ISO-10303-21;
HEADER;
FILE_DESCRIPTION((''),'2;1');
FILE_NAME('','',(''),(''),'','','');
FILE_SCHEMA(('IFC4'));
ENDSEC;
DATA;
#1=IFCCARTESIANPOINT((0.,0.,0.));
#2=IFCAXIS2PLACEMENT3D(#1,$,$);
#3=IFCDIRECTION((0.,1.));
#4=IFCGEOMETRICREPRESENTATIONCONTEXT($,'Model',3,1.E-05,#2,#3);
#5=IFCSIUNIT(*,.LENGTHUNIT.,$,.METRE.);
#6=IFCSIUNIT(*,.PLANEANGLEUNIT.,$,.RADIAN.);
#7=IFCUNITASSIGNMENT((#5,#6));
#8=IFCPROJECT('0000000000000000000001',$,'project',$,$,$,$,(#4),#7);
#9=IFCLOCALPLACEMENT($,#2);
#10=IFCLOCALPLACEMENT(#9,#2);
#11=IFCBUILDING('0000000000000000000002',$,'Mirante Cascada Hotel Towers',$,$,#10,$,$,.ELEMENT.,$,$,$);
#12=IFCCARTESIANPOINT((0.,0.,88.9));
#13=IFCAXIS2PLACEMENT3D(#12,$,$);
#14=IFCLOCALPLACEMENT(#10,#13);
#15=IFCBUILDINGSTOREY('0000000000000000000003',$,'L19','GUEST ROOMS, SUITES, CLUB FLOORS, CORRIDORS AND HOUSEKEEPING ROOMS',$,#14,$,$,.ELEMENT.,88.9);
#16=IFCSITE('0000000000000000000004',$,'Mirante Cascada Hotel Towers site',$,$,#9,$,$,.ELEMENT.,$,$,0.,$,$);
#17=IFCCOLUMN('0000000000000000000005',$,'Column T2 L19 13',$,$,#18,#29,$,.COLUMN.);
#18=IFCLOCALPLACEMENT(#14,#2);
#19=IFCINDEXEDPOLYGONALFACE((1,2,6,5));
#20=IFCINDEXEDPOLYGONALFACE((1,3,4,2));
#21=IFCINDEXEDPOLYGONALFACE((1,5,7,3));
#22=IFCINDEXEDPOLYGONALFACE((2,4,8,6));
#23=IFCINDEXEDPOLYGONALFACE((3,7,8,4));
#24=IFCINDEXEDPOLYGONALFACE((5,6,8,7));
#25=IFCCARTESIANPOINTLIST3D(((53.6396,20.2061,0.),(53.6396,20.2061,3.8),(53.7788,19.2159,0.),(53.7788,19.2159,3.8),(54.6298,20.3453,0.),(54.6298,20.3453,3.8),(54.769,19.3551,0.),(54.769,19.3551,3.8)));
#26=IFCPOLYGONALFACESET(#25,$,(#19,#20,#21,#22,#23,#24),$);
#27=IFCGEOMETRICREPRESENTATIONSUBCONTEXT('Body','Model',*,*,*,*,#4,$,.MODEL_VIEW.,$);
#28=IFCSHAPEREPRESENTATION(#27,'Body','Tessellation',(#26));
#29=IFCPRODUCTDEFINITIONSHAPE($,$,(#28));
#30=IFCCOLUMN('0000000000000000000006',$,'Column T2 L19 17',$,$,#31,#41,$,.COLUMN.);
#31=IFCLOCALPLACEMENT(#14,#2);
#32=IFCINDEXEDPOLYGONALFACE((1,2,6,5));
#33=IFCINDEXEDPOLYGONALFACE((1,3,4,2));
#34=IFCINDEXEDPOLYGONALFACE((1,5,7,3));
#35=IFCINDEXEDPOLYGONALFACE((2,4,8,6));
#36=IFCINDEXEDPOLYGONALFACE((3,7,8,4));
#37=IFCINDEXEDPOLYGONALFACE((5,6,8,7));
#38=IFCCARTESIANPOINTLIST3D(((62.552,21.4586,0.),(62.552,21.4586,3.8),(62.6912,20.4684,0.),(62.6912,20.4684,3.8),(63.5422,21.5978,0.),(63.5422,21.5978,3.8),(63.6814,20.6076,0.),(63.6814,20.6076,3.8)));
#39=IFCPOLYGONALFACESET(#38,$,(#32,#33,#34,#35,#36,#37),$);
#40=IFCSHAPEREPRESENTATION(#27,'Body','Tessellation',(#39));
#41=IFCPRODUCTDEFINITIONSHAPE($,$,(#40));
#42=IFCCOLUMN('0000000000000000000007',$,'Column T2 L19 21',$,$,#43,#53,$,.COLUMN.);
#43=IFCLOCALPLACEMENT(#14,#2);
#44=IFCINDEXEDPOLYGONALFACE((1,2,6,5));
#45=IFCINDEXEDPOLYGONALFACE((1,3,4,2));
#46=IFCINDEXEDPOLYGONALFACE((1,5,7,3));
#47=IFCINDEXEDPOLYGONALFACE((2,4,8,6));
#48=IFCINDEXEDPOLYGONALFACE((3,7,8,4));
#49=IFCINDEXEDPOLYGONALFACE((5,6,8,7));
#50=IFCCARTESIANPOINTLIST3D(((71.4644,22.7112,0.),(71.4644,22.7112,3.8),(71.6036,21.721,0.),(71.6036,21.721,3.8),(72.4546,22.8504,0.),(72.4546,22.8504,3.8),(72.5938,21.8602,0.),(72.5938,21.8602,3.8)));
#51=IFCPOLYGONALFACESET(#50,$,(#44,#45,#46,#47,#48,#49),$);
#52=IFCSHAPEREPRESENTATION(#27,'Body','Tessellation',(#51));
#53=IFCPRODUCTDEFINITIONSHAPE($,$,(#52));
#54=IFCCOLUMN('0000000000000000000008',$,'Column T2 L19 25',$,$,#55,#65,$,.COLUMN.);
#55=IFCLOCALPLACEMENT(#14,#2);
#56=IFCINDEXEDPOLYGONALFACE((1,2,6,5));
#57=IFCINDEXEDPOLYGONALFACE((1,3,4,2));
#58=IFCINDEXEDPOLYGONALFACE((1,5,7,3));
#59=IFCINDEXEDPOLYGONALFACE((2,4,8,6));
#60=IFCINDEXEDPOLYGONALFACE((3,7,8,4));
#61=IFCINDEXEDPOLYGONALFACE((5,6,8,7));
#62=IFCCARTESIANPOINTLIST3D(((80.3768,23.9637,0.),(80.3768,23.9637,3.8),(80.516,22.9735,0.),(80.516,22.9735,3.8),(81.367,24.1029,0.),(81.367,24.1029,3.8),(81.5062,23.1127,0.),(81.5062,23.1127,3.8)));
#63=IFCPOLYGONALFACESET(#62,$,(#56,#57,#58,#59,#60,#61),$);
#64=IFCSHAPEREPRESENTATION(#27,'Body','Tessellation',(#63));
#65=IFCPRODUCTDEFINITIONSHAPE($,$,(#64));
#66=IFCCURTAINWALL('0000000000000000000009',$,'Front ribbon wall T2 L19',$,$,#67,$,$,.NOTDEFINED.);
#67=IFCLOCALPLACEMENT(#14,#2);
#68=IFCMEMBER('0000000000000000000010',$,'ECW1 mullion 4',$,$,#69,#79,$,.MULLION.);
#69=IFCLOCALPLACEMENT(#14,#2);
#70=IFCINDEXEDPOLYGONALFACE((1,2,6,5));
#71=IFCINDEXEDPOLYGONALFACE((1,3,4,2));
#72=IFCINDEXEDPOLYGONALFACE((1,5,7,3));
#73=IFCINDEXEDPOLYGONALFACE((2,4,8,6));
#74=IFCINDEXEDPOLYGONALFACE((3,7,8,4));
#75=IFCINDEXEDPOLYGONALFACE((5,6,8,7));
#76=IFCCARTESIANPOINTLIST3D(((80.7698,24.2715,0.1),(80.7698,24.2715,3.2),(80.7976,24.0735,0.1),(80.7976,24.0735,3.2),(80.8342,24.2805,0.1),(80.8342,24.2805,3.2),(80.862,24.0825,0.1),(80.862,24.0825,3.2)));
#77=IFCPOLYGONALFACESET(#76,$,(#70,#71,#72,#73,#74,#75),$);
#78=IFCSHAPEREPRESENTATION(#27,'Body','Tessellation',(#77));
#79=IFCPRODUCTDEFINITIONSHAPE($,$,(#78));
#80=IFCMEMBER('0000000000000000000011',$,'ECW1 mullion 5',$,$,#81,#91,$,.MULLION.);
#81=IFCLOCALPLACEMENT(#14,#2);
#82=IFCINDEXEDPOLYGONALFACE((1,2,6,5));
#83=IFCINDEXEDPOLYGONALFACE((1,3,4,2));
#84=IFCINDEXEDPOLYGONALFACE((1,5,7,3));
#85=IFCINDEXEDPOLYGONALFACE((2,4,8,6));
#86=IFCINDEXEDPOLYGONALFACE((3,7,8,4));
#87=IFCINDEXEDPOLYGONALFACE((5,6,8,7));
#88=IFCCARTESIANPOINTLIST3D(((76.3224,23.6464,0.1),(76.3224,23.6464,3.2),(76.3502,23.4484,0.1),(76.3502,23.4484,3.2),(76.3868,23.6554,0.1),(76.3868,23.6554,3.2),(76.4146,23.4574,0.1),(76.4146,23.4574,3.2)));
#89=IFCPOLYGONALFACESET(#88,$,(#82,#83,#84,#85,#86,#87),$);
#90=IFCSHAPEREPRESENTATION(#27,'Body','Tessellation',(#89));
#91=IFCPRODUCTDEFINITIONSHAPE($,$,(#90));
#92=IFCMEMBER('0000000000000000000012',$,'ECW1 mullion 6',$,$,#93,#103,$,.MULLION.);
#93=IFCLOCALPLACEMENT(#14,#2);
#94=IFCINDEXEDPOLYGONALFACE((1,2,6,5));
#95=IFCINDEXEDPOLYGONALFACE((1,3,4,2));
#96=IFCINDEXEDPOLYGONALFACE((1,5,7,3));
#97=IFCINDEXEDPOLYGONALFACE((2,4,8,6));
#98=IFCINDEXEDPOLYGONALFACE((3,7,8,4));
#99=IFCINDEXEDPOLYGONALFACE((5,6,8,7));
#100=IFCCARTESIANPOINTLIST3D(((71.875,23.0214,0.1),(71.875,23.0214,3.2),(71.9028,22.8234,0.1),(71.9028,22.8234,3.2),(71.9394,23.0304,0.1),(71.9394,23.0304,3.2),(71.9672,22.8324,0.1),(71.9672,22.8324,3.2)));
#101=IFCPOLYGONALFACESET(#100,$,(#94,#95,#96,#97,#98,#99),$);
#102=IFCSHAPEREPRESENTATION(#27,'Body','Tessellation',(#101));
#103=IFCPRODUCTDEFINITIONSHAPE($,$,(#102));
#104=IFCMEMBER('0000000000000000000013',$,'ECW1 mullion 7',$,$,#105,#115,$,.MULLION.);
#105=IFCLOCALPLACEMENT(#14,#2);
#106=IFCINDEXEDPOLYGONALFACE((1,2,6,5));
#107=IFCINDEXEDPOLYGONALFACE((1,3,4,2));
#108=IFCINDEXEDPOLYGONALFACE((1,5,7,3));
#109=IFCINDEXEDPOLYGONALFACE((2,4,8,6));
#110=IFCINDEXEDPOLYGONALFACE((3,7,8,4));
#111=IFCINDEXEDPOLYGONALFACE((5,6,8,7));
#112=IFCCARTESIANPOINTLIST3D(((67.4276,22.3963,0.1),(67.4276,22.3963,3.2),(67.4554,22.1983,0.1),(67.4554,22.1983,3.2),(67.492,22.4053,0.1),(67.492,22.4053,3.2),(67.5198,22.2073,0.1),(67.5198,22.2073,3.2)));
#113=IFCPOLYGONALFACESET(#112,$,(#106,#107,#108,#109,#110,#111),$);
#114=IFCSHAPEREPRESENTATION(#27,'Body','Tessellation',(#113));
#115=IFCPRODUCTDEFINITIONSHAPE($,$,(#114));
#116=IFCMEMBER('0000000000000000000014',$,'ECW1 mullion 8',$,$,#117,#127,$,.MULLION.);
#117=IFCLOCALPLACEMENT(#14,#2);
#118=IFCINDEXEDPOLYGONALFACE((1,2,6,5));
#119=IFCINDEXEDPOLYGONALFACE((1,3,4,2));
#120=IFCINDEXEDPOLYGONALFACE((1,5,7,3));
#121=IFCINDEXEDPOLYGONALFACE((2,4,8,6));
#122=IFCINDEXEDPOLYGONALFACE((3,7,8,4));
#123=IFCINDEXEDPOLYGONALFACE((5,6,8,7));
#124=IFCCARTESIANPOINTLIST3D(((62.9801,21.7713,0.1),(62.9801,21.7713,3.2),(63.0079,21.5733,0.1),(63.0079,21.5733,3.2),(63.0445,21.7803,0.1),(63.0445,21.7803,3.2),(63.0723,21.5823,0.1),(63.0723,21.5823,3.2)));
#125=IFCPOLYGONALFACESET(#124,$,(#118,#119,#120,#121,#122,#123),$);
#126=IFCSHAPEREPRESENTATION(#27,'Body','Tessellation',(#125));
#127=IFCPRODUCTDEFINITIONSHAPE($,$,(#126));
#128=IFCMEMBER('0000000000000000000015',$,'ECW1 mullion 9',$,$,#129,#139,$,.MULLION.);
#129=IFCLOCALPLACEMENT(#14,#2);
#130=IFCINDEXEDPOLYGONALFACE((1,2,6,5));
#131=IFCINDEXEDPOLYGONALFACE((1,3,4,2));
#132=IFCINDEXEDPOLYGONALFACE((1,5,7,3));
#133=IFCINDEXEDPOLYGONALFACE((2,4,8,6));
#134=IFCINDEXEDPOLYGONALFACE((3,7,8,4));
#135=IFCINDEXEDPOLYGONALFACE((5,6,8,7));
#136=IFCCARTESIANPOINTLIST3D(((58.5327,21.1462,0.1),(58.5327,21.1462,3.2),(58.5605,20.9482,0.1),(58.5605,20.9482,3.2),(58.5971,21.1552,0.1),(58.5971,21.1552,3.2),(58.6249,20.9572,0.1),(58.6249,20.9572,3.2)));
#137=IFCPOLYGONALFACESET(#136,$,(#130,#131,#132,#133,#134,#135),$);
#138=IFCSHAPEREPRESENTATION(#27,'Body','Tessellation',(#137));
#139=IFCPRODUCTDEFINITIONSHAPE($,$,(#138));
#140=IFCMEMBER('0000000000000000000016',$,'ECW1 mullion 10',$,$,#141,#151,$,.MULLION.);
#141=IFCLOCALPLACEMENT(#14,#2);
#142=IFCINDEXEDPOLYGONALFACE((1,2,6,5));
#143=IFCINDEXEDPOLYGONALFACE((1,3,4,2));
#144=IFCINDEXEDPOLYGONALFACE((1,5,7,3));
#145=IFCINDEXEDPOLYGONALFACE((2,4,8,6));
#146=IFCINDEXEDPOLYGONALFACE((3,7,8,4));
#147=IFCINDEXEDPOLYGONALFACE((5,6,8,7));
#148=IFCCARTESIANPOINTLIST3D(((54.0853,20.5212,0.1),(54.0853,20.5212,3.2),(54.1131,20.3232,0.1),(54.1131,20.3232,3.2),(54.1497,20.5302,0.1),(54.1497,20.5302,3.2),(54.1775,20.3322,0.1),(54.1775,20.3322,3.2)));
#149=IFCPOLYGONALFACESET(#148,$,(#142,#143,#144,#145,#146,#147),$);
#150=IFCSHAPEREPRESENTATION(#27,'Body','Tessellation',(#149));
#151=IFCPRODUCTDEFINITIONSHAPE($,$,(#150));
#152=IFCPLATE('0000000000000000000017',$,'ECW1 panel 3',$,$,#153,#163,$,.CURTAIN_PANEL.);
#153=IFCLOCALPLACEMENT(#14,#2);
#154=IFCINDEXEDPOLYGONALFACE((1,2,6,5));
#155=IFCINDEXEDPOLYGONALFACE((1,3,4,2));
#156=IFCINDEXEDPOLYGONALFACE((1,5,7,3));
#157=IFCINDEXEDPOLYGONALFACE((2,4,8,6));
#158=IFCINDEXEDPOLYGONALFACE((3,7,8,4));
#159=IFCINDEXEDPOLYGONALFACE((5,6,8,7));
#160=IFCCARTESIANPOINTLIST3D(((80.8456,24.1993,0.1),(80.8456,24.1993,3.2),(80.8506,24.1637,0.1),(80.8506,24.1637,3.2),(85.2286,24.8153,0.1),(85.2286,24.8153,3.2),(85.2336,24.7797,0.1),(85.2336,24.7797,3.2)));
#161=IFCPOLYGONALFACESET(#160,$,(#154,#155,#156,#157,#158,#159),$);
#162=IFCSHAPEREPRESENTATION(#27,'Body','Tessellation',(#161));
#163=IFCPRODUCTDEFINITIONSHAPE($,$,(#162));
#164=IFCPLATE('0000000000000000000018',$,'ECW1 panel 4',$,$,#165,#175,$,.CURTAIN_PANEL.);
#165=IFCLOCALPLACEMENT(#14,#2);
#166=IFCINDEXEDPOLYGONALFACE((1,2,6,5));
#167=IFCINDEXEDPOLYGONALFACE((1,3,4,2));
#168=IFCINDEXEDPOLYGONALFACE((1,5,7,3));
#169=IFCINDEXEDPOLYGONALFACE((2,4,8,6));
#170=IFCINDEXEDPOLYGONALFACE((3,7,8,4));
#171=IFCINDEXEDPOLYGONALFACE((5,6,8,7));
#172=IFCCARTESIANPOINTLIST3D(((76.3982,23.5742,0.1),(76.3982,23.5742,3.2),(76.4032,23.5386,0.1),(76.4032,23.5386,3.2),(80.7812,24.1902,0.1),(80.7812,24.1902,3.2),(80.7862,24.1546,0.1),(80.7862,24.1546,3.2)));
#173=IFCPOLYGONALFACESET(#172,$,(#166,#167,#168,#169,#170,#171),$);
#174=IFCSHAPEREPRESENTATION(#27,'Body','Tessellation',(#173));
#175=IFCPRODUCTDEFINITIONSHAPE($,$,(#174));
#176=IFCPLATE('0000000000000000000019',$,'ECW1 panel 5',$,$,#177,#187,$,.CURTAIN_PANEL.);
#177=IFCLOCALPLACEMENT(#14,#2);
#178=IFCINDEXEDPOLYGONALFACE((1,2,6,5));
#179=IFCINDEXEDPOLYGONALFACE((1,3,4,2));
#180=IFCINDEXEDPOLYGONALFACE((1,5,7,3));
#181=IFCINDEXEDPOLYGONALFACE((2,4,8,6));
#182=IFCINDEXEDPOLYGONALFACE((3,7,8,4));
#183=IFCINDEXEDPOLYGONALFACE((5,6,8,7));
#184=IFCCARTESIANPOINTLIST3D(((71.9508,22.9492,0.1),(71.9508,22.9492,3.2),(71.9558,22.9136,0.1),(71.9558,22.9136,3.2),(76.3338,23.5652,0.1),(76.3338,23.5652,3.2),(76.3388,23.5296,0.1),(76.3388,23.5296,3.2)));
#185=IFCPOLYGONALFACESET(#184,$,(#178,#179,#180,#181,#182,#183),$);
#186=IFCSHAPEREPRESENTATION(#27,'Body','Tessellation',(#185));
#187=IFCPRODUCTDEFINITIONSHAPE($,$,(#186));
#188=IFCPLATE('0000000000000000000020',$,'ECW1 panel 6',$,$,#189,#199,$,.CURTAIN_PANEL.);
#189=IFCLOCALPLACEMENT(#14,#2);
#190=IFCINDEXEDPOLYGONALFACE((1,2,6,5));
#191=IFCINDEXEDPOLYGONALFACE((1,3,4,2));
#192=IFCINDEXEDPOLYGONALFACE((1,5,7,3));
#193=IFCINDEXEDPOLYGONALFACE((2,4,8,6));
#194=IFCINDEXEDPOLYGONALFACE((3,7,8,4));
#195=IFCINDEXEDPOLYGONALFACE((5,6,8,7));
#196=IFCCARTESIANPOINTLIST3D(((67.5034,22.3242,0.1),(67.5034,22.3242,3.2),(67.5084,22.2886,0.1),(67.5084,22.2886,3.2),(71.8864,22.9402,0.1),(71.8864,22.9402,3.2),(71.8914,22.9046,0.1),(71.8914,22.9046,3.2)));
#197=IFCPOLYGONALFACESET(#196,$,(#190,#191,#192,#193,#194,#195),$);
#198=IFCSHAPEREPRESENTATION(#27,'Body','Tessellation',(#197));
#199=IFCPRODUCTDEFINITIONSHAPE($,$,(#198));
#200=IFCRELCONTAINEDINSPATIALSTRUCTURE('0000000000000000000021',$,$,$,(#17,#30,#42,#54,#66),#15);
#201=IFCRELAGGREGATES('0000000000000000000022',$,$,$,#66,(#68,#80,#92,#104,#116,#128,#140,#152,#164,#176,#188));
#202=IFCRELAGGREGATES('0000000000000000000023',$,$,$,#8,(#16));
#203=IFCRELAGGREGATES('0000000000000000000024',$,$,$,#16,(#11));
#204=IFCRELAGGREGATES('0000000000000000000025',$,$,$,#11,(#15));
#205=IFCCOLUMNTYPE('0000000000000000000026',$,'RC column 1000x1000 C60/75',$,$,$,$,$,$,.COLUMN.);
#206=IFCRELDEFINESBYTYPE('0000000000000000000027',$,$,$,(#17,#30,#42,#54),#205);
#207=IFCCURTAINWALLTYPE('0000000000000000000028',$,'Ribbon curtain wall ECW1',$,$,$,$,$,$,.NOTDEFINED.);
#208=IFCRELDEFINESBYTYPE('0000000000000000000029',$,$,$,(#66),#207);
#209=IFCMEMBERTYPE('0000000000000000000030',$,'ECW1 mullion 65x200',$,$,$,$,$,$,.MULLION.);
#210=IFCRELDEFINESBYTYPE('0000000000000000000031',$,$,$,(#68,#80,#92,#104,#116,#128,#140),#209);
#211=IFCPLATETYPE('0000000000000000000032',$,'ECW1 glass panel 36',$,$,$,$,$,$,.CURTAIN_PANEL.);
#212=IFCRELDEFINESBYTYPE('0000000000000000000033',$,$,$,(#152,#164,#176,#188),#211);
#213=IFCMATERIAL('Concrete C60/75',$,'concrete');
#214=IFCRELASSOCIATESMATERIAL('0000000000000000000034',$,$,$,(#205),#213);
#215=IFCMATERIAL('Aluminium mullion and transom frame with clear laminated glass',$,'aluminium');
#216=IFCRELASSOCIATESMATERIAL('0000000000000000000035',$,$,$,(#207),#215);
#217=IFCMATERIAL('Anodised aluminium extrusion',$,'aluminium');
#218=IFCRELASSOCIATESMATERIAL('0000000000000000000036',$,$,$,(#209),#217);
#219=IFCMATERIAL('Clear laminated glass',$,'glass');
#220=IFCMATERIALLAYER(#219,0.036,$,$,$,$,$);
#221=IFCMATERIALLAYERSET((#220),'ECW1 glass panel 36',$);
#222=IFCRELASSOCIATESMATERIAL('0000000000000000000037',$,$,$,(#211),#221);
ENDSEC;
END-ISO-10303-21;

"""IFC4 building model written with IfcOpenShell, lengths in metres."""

from ifc_helpers import new_model, si_unit, direction, frame, origin, origin_2d, place, context, subcontext, project, spatial, rectangle, extrude, material, layer, layer_set, material_profile, profile_set, type_object, element, aggregate, save


model = new_model("IFC4")

# Units and contexts
model_context = context("Model", 3, precision=1e-05, world=origin(), true_north=direction((0.0, 1.0)))
body_context = subcontext(model_context, "Body", "Model", "MODEL_VIEW")
ifc_project = project(units=[si_unit("LENGTHUNIT", "METRE"), si_unit("PLANEANGLEUNIT", "RADIAN")], contexts=[model_context])

# Site, building, storey
site_placement = place(None, origin())
site = spatial("IfcSite", under=ifc_project, at=site_placement, Name="Mirante Cascada Hotel Towers site", CompositionType="ELEMENT", RefElevation=0.0)
building_placement = place(site_placement, origin())
building = spatial("IfcBuilding", under=site, at=building_placement, Name="Mirante Cascada Hotel Towers", CompositionType="ELEMENT")
storey_placement = place(building_placement, frame((0.0, 0.0, 88.9)))
storey = spatial("IfcBuildingStorey", under=building, at=storey_placement, Name="L19", Description="GUEST ROOMS, SUITES, CLUB FLOORS, CORRIDORS AND HOUSEKEEPING ROOMS", CompositionType="ELEMENT", Elevation=88.9)

# Columns
ifc_material_1 = material(Name="Concrete C60/75", Category="concrete")
ifc_material_profile_1 = material_profile(ifc_material_1, rectangle(XDim=1.0, YDim=1.0, at=origin_2d()), Name="RC column 1000x1000 C60/75")
ifc_profile_set_1 = profile_set([ifc_material_profile_1], Name="Concrete C60/75")
column_type = type_object("IfcColumnType", Name="RC column 1000x1000 C60/75", PredefinedType="COLUMN", material=ifc_profile_set_1)
for number, where, z_axis, x_axis, name in (
    (1, (54.2043, 19.7806, 0.0), (0.0, 0.0, 1.0), (0.990268, 0.139173, 0.0), "Column T2 L19 13"),
    (2, (63.1167, 21.0331, 0.0), (0.0, 0.0, 1.0), (0.990268, 0.139173, 0.0), "Column T2 L19 17"),
    (3, (72.0291, 22.2857, 0.0), (0.0, 0.0, 1.0), (0.990268, 0.139173, 0.0), "Column T2 L19 21"),
    (4, (80.9415, 23.5382, 0.0), (0.0, 0.0, 1.0), (0.990268, 0.139173, 0.0), "Column T2 L19 25"),
):
    element("IfcColumn", number, at=place(storey_placement, frame(where, z_axis=z_axis, x_axis=x_axis)), inside=storey, type_object=column_type, Name=name, PredefinedType="COLUMN", context=body_context, shape_type="SweptSolid", body=[
        extrude(rectangle(XDim=1.0, YDim=1.0, at=origin_2d()), origin(), (0.0, 0.0, 1.0), 3.8),
    ])

# Curtain wall, members, plates
ifc_material_2 = material(Name="Aluminium mullion and transom frame with clear laminated glass", Category="aluminium")
curtain_wall_type = type_object("IfcCurtainWallType", Name="Ribbon curtain wall ECW1", PredefinedType="NOTDEFINED", material=ifc_material_2)
curtain_wall_placement = place(storey_placement, origin())
curtain_wall = element("IfcCurtainWall", 5, at=curtain_wall_placement, inside=storey, type_object=curtain_wall_type, Name="Front ribbon wall T2 L19", PredefinedType="NOTDEFINED")
ifc_material_3 = material(Name="Anodised aluminium extrusion", Category="aluminium")
ifc_material_profile_2 = material_profile(ifc_material_3, rectangle(XDim=0.2, YDim=0.065, at=origin_2d()), Name="ECW1 MULLION 65x200")
ifc_profile_set_2 = profile_set([ifc_material_profile_2], Name="Anodised aluminium extrusion")
member_type = type_object("IfcMemberType", Name="ECW1 mullion 65x200", PredefinedType="MULLION", material=ifc_profile_set_2)
member_1_placement = place(storey_placement, frame((80.8159, 24.177, 0.1), z_axis=(0.0, 0.0, 1.0), x_axis=(0.139173, -0.990268, 0.0)))
member_1 = element("IfcMember", 6, at=member_1_placement, type_object=member_type, Name="ECW1 mullion 4", PredefinedType="MULLION", context=body_context, shape_type="SweptSolid", body=[
    extrude(rectangle(XDim=0.2, YDim=0.065, at=origin_2d()), origin(), (0.0, 0.0, 1.0), 3.1),
])
member_2_placement = place(storey_placement, frame((76.3685, 23.5519, 0.1), z_axis=(0.0, 0.0, 1.0), x_axis=(0.139173, -0.990268, 0.0)))
member_2 = element("IfcMember", 7, at=member_2_placement, type_object=member_type, Name="ECW1 mullion 5", PredefinedType="MULLION", context=body_context, shape_type="SweptSolid", body=[
    extrude(rectangle(XDim=0.2, YDim=0.065, at=origin_2d()), origin(), (0.0, 0.0, 1.0), 3.1),
])
member_3_placement = place(storey_placement, frame((71.9211, 22.9269, 0.1), z_axis=(0.0, 0.0, 1.0), x_axis=(0.139173, -0.990268, 0.0)))
member_3 = element("IfcMember", 8, at=member_3_placement, type_object=member_type, Name="ECW1 mullion 6", PredefinedType="MULLION", context=body_context, shape_type="SweptSolid", body=[
    extrude(rectangle(XDim=0.2, YDim=0.065, at=origin_2d()), origin(), (0.0, 0.0, 1.0), 3.1),
])
member_4_placement = place(storey_placement, frame((67.4737, 22.3018, 0.1), z_axis=(0.0, 0.0, 1.0), x_axis=(0.139173, -0.990268, 0.0)))
member_4 = element("IfcMember", 9, at=member_4_placement, type_object=member_type, Name="ECW1 mullion 7", PredefinedType="MULLION", context=body_context, shape_type="SweptSolid", body=[
    extrude(rectangle(XDim=0.2, YDim=0.065, at=origin_2d()), origin(), (0.0, 0.0, 1.0), 3.1),
])
member_5_placement = place(storey_placement, frame((63.0262, 21.6768, 0.1), z_axis=(0.0, 0.0, 1.0), x_axis=(0.139173, -0.990268, 0.0)))
member_5 = element("IfcMember", 10, at=member_5_placement, type_object=member_type, Name="ECW1 mullion 8", PredefinedType="MULLION", context=body_context, shape_type="SweptSolid", body=[
    extrude(rectangle(XDim=0.2, YDim=0.065, at=origin_2d()), origin(), (0.0, 0.0, 1.0), 3.1),
])
member_6_placement = place(storey_placement, frame((58.5788, 21.0517, 0.1), z_axis=(0.0, 0.0, 1.0), x_axis=(0.139173, -0.990268, 0.0)))
member_6 = element("IfcMember", 11, at=member_6_placement, type_object=member_type, Name="ECW1 mullion 9", PredefinedType="MULLION", context=body_context, shape_type="SweptSolid", body=[
    extrude(rectangle(XDim=0.2, YDim=0.065, at=origin_2d()), origin(), (0.0, 0.0, 1.0), 3.1),
])
member_7_placement = place(storey_placement, frame((54.1314, 20.4267, 0.1), z_axis=(0.0, 0.0, 1.0), x_axis=(0.139173, -0.990268, 0.0)))
member_7 = element("IfcMember", 12, at=member_7_placement, type_object=member_type, Name="ECW1 mullion 10", PredefinedType="MULLION", context=body_context, shape_type="SweptSolid", body=[
    extrude(rectangle(XDim=0.2, YDim=0.065, at=origin_2d()), origin(), (0.0, 0.0, 1.0), 3.1),
])
ifc_material_4 = material(Name="Clear laminated glass", Category="glass")
ifc_layer_1 = layer(ifc_material_4, 0.036)
ifc_layer_set_1 = layer_set([ifc_layer_1], Name="ECW1 glass panel 36")
plate_type = type_object("IfcPlateType", Name="ECW1 glass panel 36", PredefinedType="CURTAIN_PANEL", material=ifc_layer_set_1)
plate_1_placement = place(storey_placement, frame((83.0396, 24.4895, 0.1), z_axis=(0.0, 0.0, 1.0), x_axis=(-0.990268, -0.139173, 0.0)))
plate_1 = element("IfcPlate", 13, at=plate_1_placement, type_object=plate_type, Name="ECW1 panel 3", PredefinedType="CURTAIN_PANEL", context=body_context, shape_type="SweptSolid", body=[
    extrude(rectangle(XDim=4.4261, YDim=0.036, at=origin_2d()), origin(), (0.0, 0.0, 1.0), 3.1),
])
plate_2_placement = place(storey_placement, frame((78.5922, 23.8644, 0.1), z_axis=(0.0, 0.0, 1.0), x_axis=(-0.990268, -0.139173, 0.0)))
plate_2 = element("IfcPlate", 14, at=plate_2_placement, type_object=plate_type, Name="ECW1 panel 4", PredefinedType="CURTAIN_PANEL", context=body_context, shape_type="SweptSolid", body=[
    extrude(rectangle(XDim=4.4261, YDim=0.036, at=origin_2d()), origin(), (0.0, 0.0, 1.0), 3.1),
])
plate_3_placement = place(storey_placement, frame((74.1448, 23.2394, 0.1), z_axis=(0.0, 0.0, 1.0), x_axis=(-0.990268, -0.139173, 0.0)))
plate_3 = element("IfcPlate", 15, at=plate_3_placement, type_object=plate_type, Name="ECW1 panel 5", PredefinedType="CURTAIN_PANEL", context=body_context, shape_type="SweptSolid", body=[
    extrude(rectangle(XDim=4.4261, YDim=0.036, at=origin_2d()), origin(), (0.0, 0.0, 1.0), 3.1),
])
plate_4_placement = place(storey_placement, frame((69.6974, 22.6144, 0.1), z_axis=(0.0, 0.0, 1.0), x_axis=(-0.990268, -0.139173, 0.0)))
plate_4 = element("IfcPlate", 16, at=plate_4_placement, type_object=plate_type, Name="ECW1 panel 6", PredefinedType="CURTAIN_PANEL", context=body_context, shape_type="SweptSolid", body=[
    extrude(rectangle(XDim=4.4261, YDim=0.036, at=origin_2d()), origin(), (0.0, 0.0, 1.0), 3.1),
])
aggregate(curtain_wall, [member_1, member_2, member_3, member_4, member_5, member_6, member_7, plate_1, plate_2, plate_3, plate_4])

save(model, "model.ifc")
